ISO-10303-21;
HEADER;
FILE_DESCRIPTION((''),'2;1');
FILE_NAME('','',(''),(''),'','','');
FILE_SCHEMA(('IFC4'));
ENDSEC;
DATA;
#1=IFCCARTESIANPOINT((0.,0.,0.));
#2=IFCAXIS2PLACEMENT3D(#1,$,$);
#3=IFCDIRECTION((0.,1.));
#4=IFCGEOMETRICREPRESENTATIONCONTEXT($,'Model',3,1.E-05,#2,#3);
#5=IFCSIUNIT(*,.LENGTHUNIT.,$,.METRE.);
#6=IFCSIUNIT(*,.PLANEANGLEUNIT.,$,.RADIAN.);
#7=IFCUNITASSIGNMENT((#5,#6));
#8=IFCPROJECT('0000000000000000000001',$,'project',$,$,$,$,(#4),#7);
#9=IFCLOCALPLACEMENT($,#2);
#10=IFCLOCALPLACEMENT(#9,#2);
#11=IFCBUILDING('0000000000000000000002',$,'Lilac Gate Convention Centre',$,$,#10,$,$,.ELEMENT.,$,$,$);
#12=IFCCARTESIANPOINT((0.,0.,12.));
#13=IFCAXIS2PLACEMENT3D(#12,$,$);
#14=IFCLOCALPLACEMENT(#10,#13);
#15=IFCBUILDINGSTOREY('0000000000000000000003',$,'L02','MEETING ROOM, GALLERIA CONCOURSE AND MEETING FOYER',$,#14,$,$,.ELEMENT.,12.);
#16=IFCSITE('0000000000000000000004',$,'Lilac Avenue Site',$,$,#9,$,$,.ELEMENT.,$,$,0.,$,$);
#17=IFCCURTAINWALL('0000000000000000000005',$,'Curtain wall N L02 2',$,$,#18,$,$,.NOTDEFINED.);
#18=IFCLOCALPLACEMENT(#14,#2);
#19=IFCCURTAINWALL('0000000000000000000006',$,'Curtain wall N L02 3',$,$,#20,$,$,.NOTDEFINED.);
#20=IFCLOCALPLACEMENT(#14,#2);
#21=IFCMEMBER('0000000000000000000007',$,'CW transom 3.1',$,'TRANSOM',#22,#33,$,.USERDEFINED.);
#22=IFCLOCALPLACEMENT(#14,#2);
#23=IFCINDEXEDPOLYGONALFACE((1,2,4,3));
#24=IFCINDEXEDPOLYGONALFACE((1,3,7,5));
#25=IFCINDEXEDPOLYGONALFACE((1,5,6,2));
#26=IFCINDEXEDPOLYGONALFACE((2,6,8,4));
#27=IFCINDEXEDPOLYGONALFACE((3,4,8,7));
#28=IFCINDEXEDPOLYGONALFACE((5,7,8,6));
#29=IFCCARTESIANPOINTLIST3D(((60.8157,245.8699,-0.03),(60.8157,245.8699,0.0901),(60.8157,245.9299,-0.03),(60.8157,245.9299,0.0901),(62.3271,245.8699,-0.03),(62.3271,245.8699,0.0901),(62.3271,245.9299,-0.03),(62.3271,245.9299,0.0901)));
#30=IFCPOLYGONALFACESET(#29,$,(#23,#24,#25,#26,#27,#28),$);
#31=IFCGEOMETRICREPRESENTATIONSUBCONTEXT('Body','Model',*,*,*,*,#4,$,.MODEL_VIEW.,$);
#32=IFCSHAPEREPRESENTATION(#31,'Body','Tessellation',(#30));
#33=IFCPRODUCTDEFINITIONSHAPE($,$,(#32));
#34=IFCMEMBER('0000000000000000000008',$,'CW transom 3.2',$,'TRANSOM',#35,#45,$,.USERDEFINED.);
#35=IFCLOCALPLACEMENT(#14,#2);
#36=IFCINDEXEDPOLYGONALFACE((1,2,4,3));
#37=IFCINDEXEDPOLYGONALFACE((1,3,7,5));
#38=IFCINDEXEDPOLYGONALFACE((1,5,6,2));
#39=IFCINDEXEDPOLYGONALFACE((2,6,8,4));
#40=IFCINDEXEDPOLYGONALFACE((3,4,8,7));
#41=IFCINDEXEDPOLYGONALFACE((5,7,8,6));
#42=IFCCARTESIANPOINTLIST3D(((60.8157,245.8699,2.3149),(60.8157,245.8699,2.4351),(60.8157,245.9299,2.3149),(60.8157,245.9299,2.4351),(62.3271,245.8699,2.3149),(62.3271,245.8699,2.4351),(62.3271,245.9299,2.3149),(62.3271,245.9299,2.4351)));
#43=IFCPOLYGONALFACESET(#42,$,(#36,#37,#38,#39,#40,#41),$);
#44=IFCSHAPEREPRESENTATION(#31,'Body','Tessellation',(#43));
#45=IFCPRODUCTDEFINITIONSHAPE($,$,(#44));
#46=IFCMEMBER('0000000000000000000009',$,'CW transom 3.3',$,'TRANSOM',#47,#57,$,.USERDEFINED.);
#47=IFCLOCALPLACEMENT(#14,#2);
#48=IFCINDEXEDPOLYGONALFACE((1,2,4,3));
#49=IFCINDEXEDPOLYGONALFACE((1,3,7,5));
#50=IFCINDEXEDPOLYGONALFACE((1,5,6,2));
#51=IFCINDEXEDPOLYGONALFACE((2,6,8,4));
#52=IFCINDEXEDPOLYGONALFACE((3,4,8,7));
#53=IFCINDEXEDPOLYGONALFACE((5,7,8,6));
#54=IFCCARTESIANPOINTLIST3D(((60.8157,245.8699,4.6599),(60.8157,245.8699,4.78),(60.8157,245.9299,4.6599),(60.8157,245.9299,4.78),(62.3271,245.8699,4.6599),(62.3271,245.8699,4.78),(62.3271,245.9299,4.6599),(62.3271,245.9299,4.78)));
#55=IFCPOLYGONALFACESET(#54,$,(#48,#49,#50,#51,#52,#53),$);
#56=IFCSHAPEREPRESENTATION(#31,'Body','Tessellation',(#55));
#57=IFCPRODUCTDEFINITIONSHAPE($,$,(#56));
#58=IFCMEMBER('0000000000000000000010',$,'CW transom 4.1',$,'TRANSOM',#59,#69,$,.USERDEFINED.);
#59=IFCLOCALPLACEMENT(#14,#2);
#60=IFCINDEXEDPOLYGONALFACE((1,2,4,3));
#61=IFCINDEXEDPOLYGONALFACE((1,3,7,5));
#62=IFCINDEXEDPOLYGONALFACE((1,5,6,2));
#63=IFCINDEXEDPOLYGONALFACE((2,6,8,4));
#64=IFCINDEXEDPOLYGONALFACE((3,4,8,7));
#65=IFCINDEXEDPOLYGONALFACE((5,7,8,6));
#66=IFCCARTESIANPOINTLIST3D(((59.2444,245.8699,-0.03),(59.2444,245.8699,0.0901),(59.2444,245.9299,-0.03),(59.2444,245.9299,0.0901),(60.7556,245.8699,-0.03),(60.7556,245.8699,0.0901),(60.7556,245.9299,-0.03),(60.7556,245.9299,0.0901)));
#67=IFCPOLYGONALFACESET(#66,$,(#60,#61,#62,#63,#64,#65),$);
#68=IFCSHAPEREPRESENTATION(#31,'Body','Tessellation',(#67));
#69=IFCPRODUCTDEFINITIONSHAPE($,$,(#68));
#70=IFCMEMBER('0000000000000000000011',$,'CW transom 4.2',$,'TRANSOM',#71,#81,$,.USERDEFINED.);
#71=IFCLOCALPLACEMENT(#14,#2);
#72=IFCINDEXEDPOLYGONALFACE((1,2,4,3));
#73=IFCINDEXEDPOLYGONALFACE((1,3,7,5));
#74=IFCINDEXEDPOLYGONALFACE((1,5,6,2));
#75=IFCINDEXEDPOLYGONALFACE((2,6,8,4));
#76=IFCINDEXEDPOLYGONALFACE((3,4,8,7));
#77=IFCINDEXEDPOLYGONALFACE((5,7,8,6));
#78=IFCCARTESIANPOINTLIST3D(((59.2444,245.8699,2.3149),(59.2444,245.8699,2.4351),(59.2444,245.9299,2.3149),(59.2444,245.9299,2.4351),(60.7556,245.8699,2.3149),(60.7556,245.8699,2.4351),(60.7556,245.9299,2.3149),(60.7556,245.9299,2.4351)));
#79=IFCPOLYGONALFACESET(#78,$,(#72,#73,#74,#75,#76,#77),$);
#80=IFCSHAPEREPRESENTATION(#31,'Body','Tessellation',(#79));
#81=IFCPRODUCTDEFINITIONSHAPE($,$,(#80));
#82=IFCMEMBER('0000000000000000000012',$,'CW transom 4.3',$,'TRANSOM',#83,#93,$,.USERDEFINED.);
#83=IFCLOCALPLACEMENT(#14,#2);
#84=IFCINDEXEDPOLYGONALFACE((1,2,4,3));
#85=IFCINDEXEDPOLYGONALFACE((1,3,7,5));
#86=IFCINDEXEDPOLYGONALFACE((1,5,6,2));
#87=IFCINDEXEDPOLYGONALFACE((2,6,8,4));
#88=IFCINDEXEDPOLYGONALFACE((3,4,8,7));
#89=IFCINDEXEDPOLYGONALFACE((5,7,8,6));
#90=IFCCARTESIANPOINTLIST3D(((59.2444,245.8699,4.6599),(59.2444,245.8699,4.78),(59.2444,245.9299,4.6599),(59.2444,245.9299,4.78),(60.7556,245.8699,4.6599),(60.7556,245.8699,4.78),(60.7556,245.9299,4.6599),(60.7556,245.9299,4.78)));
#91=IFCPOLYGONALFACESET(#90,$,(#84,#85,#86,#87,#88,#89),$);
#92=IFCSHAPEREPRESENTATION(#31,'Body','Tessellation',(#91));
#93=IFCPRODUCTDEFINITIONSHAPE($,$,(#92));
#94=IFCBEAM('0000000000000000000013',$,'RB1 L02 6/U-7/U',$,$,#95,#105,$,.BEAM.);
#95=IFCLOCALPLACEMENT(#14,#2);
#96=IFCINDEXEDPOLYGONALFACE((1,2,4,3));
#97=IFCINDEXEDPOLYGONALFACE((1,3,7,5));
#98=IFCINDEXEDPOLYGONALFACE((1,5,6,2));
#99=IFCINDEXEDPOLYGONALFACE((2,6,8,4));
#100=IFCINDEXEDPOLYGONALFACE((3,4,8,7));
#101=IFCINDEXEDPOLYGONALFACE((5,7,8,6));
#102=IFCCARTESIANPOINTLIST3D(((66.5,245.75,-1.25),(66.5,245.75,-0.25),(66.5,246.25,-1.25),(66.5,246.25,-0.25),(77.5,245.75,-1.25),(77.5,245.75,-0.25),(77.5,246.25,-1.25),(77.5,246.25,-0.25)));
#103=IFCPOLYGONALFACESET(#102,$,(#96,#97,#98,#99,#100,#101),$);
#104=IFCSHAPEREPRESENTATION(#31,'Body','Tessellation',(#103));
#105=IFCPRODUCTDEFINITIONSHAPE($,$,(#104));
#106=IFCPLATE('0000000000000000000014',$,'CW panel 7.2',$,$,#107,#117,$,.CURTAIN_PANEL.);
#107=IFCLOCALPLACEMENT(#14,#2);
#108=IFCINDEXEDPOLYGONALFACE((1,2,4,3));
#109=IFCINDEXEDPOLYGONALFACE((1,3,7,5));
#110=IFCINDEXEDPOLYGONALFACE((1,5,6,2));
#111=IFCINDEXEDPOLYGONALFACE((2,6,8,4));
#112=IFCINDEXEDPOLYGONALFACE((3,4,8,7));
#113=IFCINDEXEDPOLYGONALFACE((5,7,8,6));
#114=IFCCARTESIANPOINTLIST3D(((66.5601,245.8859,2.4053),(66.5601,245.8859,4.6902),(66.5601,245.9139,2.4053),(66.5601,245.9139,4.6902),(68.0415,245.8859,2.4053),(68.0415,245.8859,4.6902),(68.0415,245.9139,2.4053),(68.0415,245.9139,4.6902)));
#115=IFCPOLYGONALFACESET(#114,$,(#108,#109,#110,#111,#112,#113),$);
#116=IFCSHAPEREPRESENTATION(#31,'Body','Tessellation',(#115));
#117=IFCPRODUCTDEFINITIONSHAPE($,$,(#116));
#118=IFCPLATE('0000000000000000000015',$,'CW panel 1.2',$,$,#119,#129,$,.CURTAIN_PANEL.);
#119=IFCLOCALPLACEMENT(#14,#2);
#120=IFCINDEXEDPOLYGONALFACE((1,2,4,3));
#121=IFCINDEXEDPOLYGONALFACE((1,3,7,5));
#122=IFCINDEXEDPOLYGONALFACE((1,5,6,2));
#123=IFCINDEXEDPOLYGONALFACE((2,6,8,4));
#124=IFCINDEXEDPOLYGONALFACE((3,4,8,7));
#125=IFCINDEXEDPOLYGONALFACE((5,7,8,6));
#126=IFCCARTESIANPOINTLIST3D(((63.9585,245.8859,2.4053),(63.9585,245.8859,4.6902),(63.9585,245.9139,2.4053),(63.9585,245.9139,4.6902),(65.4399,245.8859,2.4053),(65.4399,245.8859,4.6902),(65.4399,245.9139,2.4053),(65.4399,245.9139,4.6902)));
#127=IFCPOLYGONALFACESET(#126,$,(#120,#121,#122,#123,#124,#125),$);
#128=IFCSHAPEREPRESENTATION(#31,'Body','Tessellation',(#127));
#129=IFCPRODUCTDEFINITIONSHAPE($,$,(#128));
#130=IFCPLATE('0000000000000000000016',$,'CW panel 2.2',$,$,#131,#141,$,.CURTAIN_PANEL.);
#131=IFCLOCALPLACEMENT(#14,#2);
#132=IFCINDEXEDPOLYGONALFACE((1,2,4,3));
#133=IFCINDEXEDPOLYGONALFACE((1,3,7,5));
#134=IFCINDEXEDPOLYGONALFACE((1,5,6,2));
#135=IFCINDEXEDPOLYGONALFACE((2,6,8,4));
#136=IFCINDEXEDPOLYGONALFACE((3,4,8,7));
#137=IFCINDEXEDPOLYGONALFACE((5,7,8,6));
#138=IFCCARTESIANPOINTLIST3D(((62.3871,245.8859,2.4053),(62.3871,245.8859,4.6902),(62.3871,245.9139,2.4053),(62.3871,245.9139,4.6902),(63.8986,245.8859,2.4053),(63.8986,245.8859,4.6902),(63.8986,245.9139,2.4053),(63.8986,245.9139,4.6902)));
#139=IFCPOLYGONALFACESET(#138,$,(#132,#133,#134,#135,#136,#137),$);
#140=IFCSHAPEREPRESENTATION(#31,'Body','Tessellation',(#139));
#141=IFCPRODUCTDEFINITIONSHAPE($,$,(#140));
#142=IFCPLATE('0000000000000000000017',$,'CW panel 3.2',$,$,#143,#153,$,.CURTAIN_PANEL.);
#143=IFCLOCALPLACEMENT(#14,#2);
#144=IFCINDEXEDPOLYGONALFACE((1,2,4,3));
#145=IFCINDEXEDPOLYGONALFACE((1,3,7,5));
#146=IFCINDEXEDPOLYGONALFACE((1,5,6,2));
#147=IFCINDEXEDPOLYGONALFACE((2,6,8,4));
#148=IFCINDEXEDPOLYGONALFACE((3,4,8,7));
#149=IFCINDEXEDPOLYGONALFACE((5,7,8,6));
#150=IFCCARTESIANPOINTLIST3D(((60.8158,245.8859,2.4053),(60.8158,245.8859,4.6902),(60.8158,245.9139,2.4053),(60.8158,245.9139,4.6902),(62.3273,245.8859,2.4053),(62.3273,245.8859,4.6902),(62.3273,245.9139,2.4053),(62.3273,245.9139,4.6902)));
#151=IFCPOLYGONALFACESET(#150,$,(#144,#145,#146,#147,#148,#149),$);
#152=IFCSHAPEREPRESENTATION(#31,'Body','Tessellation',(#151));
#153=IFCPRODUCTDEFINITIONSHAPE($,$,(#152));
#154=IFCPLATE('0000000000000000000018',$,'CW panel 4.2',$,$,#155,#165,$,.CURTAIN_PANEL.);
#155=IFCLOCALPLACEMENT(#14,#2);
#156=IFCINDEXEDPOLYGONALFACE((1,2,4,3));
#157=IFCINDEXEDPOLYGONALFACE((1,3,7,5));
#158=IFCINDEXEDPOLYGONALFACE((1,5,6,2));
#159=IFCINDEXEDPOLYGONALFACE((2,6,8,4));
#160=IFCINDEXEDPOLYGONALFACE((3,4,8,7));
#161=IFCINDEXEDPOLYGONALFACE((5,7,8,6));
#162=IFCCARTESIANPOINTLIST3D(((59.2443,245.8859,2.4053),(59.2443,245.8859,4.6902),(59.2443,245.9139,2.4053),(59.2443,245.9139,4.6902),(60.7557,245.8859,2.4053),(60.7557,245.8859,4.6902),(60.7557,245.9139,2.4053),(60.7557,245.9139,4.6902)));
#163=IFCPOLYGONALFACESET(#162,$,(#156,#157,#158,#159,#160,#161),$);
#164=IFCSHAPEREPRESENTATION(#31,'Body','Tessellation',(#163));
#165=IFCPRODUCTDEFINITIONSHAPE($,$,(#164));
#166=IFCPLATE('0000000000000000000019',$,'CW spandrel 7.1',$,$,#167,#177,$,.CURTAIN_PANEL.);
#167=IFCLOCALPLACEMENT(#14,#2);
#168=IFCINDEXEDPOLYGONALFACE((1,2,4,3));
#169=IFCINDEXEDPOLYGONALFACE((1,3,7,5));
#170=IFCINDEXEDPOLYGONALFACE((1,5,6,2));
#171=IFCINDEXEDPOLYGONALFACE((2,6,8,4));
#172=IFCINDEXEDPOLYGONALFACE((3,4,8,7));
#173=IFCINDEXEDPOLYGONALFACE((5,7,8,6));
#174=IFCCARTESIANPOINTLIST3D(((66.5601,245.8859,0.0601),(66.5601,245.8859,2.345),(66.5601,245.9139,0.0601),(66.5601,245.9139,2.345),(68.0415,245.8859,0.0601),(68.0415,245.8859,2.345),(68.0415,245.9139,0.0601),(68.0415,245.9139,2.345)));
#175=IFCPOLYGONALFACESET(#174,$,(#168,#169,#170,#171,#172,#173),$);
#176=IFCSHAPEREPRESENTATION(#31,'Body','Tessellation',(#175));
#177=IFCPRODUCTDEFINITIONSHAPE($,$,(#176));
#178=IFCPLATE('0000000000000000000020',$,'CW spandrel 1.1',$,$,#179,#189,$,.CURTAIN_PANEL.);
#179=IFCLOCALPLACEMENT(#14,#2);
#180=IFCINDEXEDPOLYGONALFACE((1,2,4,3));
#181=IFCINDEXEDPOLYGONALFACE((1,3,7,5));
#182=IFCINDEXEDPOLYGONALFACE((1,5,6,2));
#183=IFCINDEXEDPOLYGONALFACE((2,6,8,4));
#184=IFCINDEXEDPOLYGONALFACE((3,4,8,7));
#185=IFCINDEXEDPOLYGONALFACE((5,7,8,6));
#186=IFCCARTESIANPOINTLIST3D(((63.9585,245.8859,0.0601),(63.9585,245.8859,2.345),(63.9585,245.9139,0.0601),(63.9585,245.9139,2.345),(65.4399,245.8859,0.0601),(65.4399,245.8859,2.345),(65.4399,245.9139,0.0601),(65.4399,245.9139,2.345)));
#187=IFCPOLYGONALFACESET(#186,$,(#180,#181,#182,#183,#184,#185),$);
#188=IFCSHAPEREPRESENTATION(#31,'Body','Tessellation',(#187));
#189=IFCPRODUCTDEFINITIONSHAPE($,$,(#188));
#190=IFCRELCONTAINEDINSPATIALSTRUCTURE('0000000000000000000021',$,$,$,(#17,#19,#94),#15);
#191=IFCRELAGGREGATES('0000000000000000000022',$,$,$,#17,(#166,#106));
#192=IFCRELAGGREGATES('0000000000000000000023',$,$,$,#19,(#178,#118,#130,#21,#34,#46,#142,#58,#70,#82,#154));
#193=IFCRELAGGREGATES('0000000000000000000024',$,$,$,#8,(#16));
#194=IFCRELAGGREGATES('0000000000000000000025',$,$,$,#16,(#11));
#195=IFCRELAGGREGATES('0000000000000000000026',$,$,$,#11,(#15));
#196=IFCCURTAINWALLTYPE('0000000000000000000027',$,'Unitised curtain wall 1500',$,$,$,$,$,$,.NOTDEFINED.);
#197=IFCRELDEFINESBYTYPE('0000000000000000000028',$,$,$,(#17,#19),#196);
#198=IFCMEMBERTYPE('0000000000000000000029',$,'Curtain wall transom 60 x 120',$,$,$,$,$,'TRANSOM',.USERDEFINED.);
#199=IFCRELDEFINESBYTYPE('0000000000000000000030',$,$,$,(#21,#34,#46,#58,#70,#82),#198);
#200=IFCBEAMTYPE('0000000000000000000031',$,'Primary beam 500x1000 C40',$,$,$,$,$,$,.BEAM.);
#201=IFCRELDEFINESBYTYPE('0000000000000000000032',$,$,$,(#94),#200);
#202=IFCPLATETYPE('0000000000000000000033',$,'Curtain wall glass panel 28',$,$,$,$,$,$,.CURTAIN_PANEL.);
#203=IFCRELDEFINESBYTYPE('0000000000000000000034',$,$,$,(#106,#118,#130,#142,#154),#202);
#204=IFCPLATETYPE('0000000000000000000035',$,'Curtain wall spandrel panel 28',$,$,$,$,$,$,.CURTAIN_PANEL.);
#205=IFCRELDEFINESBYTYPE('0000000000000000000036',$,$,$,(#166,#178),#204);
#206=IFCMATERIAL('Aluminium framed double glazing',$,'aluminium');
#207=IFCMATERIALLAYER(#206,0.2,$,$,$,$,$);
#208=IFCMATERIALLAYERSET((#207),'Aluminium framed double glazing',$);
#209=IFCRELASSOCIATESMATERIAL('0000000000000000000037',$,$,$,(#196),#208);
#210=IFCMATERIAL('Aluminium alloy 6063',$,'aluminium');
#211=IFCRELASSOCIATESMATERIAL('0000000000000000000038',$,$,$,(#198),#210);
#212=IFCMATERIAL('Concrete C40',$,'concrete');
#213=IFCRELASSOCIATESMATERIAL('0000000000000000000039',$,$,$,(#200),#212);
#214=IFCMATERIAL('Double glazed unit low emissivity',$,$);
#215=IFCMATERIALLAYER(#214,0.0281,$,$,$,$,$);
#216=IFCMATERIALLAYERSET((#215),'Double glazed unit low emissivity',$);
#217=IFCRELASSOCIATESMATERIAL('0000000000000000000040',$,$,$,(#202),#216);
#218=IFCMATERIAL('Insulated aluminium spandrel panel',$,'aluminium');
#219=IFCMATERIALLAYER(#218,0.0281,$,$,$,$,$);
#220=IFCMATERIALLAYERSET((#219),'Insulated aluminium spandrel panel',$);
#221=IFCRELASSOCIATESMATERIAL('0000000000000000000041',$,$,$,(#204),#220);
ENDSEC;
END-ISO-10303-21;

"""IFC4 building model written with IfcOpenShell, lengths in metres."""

from ifc_helpers import new_model, si_unit, direction, frame, origin, origin_2d, place, context, subcontext, project, spatial, rectangle, extrude, material, layer, layer_set, material_profile, profile_set, type_object, element, aggregate, save


model = new_model("IFC4")

# Units and contexts
model_context = context("Model", 3, precision=1e-05, world=origin(), true_north=direction((0.0, 1.0)))
body_context = subcontext(model_context, "Body", "Model", "MODEL_VIEW")
ifc_project = project(units=[si_unit("LENGTHUNIT", "METRE"), si_unit("PLANEANGLEUNIT", "RADIAN")], contexts=[model_context])

# Site, building, storey
site_placement = place(None, origin())
site = spatial("IfcSite", under=ifc_project, at=site_placement, Name="Lilac Avenue Site", CompositionType="ELEMENT", RefElevation=0.0)
building_placement = place(site_placement, origin())
building = spatial("IfcBuilding", under=site, at=building_placement, Name="Lilac Gate Convention Centre", CompositionType="ELEMENT")
storey_placement = place(building_placement, frame((0.0, 0.0, 12.0)))
storey = spatial("IfcBuildingStorey", under=building, at=storey_placement, Name="L02", Description="MEETING ROOM, GALLERIA CONCOURSE AND MEETING FOYER", CompositionType="ELEMENT", Elevation=12.0)

# Curtain wall
ifc_material_1 = material(Name="Aluminium framed double glazing", Category="aluminium")
ifc_layer_1 = layer(ifc_material_1, 0.2)
ifc_layer_set_1 = layer_set([ifc_layer_1], Name="Aluminium framed double glazing")
curtain_wall_type = type_object("IfcCurtainWallType", Name="Unitised curtain wall 1500", PredefinedType="NOTDEFINED", material=ifc_layer_set_1)
curtain_wall_1_placement = place(storey_placement, origin())
curtain_wall_1 = element("IfcCurtainWall", 1, at=curtain_wall_1_placement, inside=storey, type_object=curtain_wall_type, Name="Curtain wall N L02 2", PredefinedType="NOTDEFINED")
ifc_material_2 = material(Name="Aluminium alloy 6063", Category="aluminium")

# Curtain wall
curtain_wall_2_placement = place(storey_placement, origin())
curtain_wall_2 = element("IfcCurtainWall", 2, at=curtain_wall_2_placement, inside=storey, type_object=curtain_wall_type, Name="Curtain wall N L02 3", PredefinedType="NOTDEFINED")

# Members
ifc_material_profile_1 = material_profile(ifc_material_2, rectangle(XDim=0.0601, YDim=0.1201, at=origin_2d()), Name="Curtain wall transom 60 x 120")
ifc_profile_set_1 = profile_set([ifc_material_profile_1], Name="Aluminium alloy 6063")
member_type_1 = type_object("IfcMemberType", Name="Curtain wall transom 60 x 120", ElementType="TRANSOM", PredefinedType="USERDEFINED", material=ifc_profile_set_1)
member_1_placement = place(storey_placement, frame((62.3271, 245.8999, 0.03), z_axis=(-1.0, 0.0, 0.0), x_axis=(0.0, -1.0, 0.0)))
member_1 = element("IfcMember", 3, at=member_1_placement, type_object=member_type_1, Name="CW transom 3.1", ObjectType="TRANSOM", PredefinedType="USERDEFINED", context=body_context, shape_type="SweptSolid", body=[
    extrude(rectangle(XDim=0.0601, YDim=0.1201, at=origin_2d()), origin(), (0.0, 0.0, 1.0), 1.5115),
])
member_2_placement = place(storey_placement, frame((62.3271, 245.8999, 2.375), z_axis=(-1.0, 0.0, 0.0), x_axis=(0.0, -1.0, 0.0)))
member_2 = element("IfcMember", 4, at=member_2_placement, type_object=member_type_1, Name="CW transom 3.2", ObjectType="TRANSOM", PredefinedType="USERDEFINED", context=body_context, shape_type="SweptSolid", body=[
    extrude(rectangle(XDim=0.0601, YDim=0.1201, at=origin_2d()), origin(), (0.0, 0.0, 1.0), 1.5115),
])
member_3_placement = place(storey_placement, frame((62.3271, 245.8999, 4.72), z_axis=(-1.0, 0.0, 0.0), x_axis=(0.0, -1.0, 0.0)))
member_3 = element("IfcMember", 5, at=member_3_placement, type_object=member_type_1, Name="CW transom 3.3", ObjectType="TRANSOM", PredefinedType="USERDEFINED", context=body_context, shape_type="SweptSolid", body=[
    extrude(rectangle(XDim=0.0601, YDim=0.1201, at=origin_2d()), origin(), (0.0, 0.0, 1.0), 1.5115),
])
member_4_placement = place(storey_placement, frame((60.7556, 245.8999, 0.03), z_axis=(-1.0, 0.0, 0.0), x_axis=(0.0, -1.0, 0.0)))
member_4 = element("IfcMember", 6, at=member_4_placement, type_object=member_type_1, Name="CW transom 4.1", ObjectType="TRANSOM", PredefinedType="USERDEFINED", context=body_context, shape_type="SweptSolid", body=[
    extrude(rectangle(XDim=0.0601, YDim=0.1201, at=origin_2d()), origin(), (0.0, 0.0, 1.0), 1.5112),
])
member_5_placement = place(storey_placement, frame((60.7556, 245.8999, 2.375), z_axis=(-1.0, 0.0, 0.0), x_axis=(0.0, -1.0, 0.0)))
member_5 = element("IfcMember", 7, at=member_5_placement, type_object=member_type_1, Name="CW transom 4.2", ObjectType="TRANSOM", PredefinedType="USERDEFINED", context=body_context, shape_type="SweptSolid", body=[
    extrude(rectangle(XDim=0.0601, YDim=0.1201, at=origin_2d()), origin(), (0.0, 0.0, 1.0), 1.5112),
])
member_6_placement = place(storey_placement, frame((60.7556, 245.8999, 4.72), z_axis=(-1.0, 0.0, 0.0), x_axis=(0.0, -1.0, 0.0)))
member_6 = element("IfcMember", 8, at=member_6_placement, type_object=member_type_1, Name="CW transom 4.3", ObjectType="TRANSOM", PredefinedType="USERDEFINED", context=body_context, shape_type="SweptSolid", body=[
    extrude(rectangle(XDim=0.0601, YDim=0.1201, at=origin_2d()), origin(), (0.0, 0.0, 1.0), 1.5112),
])

# Beam
ifc_material_3 = material(Name="Concrete C40", Category="concrete")
ifc_material_profile_2 = material_profile(ifc_material_3, rectangle(XDim=0.5, YDim=1.0, at=origin_2d()), Name="RC 500x1000")
ifc_profile_set_2 = profile_set([ifc_material_profile_2], Name="Concrete C40")
beam_type = type_object("IfcBeamType", Name="Primary beam 500x1000 C40", PredefinedType="BEAM", material=ifc_profile_set_2)
beam_placement = place(storey_placement, frame((66.5, 246.0, -0.75), z_axis=(1.0, 0.0, 0.0), x_axis=(0.0, 1.0, 0.0)))
element("IfcBeam", 9, at=beam_placement, inside=storey, type_object=beam_type, Name="RB1 L02 6/U-7/U", PredefinedType="BEAM", context=body_context, shape_type="SweptSolid", body=[
    extrude(rectangle(XDim=0.5, YDim=1.0, at=origin_2d()), origin(), (0.0, 0.0, 1.0), 11.0),
])

# Plates
ifc_material_4 = material(Name="Double glazed unit low emissivity")
ifc_layer_2 = layer(ifc_material_4, 0.0281)
ifc_layer_set_2 = layer_set([ifc_layer_2], Name="Double glazed unit low emissivity")
plate_type_1 = type_object("IfcPlateType", Name="Curtain wall glass panel 28", PredefinedType="CURTAIN_PANEL", material=ifc_layer_set_2)
plate_1_placement = place(storey_placement, frame((67.3008, 245.8999, 2.4053), z_axis=(0.0, 0.0, 1.0), x_axis=(-1.0, 0.0, 0.0)))
plate_1 = element("IfcPlate", 10, at=plate_1_placement, type_object=plate_type_1, Name="CW panel 7.2", PredefinedType="CURTAIN_PANEL", context=body_context, shape_type="SweptSolid", body=[
    extrude(rectangle(XDim=1.4814, YDim=0.0281, at=origin_2d()), origin(), (0.0, 0.0, 1.0), 2.2849),
])
plate_2_placement = place(storey_placement, frame((64.6992, 245.8999, 2.4053), z_axis=(0.0, 0.0, 1.0), x_axis=(-1.0, 0.0, 0.0)))
plate_2 = element("IfcPlate", 11, at=plate_2_placement, type_object=plate_type_1, Name="CW panel 1.2", PredefinedType="CURTAIN_PANEL", context=body_context, shape_type="SweptSolid", body=[
    extrude(rectangle(XDim=1.4814, YDim=0.0281, at=origin_2d()), origin(), (0.0, 0.0, 1.0), 2.2849),
])
plate_3_placement = place(storey_placement, frame((63.1428, 245.8999, 2.4053), z_axis=(0.0, 0.0, 1.0), x_axis=(-1.0, 0.0, 0.0)))
plate_3 = element("IfcPlate", 12, at=plate_3_placement, type_object=plate_type_1, Name="CW panel 2.2", PredefinedType="CURTAIN_PANEL", context=body_context, shape_type="SweptSolid", body=[
    extrude(rectangle(XDim=1.5115, YDim=0.0281, at=origin_2d()), origin(), (0.0, 0.0, 1.0), 2.2849),
])
plate_4_placement = place(storey_placement, frame((61.5715, 245.8999, 2.4053), z_axis=(0.0, 0.0, 1.0), x_axis=(-1.0, 0.0, 0.0)))
plate_4 = element("IfcPlate", 13, at=plate_4_placement, type_object=plate_type_1, Name="CW panel 3.2", PredefinedType="CURTAIN_PANEL", context=body_context, shape_type="SweptSolid", body=[
    extrude(rectangle(XDim=1.5115, YDim=0.0281, at=origin_2d()), origin(), (0.0, 0.0, 1.0), 2.2849),
])
plate_5_placement = place(storey_placement, frame((60.0, 245.8999, 2.4053), z_axis=(0.0, 0.0, 1.0), x_axis=(-1.0, 0.0, 0.0)))
plate_5 = element("IfcPlate", 14, at=plate_5_placement, type_object=plate_type_1, Name="CW panel 4.2", PredefinedType="CURTAIN_PANEL", context=body_context, shape_type="SweptSolid", body=[
    extrude(rectangle(XDim=1.5115, YDim=0.0281, at=origin_2d()), origin(), (0.0, 0.0, 1.0), 2.2849),
])
ifc_material_5 = material(Name="Insulated aluminium spandrel panel", Category="aluminium")
ifc_layer_3 = layer(ifc_material_5, 0.0281)
ifc_layer_set_3 = layer_set([ifc_layer_3], Name="Insulated aluminium spandrel panel")
plate_type_2 = type_object("IfcPlateType", Name="Curtain wall spandrel panel 28", PredefinedType="CURTAIN_PANEL", material=ifc_layer_set_3)
plate_6_placement = place(storey_placement, frame((67.3008, 245.8999, 0.0601), z_axis=(0.0, 0.0, 1.0), x_axis=(-1.0, 0.0, 0.0)))
plate_6 = element("IfcPlate", 15, at=plate_6_placement, type_object=plate_type_2, Name="CW spandrel 7.1", PredefinedType="CURTAIN_PANEL", context=body_context, shape_type="SweptSolid", body=[
    extrude(rectangle(XDim=1.4814, YDim=0.0281, at=origin_2d()), origin(), (0.0, 0.0, 1.0), 2.2849),
])
aggregate(curtain_wall_1, [plate_6, plate_1])
plate_7_placement = place(storey_placement, frame((64.6992, 245.8999, 0.0601), z_axis=(0.0, 0.0, 1.0), x_axis=(-1.0, 0.0, 0.0)))
plate_7 = element("IfcPlate", 16, at=plate_7_placement, type_object=plate_type_2, Name="CW spandrel 1.1", PredefinedType="CURTAIN_PANEL", context=body_context, shape_type="SweptSolid", body=[
    extrude(rectangle(XDim=1.4814, YDim=0.0281, at=origin_2d()), origin(), (0.0, 0.0, 1.0), 2.2849),
])
aggregate(curtain_wall_2, [plate_7, plate_2, plate_3, member_1, member_2, member_3, plate_4, member_4, member_5, member_6, plate_5])

save(model, "model.ifc")
